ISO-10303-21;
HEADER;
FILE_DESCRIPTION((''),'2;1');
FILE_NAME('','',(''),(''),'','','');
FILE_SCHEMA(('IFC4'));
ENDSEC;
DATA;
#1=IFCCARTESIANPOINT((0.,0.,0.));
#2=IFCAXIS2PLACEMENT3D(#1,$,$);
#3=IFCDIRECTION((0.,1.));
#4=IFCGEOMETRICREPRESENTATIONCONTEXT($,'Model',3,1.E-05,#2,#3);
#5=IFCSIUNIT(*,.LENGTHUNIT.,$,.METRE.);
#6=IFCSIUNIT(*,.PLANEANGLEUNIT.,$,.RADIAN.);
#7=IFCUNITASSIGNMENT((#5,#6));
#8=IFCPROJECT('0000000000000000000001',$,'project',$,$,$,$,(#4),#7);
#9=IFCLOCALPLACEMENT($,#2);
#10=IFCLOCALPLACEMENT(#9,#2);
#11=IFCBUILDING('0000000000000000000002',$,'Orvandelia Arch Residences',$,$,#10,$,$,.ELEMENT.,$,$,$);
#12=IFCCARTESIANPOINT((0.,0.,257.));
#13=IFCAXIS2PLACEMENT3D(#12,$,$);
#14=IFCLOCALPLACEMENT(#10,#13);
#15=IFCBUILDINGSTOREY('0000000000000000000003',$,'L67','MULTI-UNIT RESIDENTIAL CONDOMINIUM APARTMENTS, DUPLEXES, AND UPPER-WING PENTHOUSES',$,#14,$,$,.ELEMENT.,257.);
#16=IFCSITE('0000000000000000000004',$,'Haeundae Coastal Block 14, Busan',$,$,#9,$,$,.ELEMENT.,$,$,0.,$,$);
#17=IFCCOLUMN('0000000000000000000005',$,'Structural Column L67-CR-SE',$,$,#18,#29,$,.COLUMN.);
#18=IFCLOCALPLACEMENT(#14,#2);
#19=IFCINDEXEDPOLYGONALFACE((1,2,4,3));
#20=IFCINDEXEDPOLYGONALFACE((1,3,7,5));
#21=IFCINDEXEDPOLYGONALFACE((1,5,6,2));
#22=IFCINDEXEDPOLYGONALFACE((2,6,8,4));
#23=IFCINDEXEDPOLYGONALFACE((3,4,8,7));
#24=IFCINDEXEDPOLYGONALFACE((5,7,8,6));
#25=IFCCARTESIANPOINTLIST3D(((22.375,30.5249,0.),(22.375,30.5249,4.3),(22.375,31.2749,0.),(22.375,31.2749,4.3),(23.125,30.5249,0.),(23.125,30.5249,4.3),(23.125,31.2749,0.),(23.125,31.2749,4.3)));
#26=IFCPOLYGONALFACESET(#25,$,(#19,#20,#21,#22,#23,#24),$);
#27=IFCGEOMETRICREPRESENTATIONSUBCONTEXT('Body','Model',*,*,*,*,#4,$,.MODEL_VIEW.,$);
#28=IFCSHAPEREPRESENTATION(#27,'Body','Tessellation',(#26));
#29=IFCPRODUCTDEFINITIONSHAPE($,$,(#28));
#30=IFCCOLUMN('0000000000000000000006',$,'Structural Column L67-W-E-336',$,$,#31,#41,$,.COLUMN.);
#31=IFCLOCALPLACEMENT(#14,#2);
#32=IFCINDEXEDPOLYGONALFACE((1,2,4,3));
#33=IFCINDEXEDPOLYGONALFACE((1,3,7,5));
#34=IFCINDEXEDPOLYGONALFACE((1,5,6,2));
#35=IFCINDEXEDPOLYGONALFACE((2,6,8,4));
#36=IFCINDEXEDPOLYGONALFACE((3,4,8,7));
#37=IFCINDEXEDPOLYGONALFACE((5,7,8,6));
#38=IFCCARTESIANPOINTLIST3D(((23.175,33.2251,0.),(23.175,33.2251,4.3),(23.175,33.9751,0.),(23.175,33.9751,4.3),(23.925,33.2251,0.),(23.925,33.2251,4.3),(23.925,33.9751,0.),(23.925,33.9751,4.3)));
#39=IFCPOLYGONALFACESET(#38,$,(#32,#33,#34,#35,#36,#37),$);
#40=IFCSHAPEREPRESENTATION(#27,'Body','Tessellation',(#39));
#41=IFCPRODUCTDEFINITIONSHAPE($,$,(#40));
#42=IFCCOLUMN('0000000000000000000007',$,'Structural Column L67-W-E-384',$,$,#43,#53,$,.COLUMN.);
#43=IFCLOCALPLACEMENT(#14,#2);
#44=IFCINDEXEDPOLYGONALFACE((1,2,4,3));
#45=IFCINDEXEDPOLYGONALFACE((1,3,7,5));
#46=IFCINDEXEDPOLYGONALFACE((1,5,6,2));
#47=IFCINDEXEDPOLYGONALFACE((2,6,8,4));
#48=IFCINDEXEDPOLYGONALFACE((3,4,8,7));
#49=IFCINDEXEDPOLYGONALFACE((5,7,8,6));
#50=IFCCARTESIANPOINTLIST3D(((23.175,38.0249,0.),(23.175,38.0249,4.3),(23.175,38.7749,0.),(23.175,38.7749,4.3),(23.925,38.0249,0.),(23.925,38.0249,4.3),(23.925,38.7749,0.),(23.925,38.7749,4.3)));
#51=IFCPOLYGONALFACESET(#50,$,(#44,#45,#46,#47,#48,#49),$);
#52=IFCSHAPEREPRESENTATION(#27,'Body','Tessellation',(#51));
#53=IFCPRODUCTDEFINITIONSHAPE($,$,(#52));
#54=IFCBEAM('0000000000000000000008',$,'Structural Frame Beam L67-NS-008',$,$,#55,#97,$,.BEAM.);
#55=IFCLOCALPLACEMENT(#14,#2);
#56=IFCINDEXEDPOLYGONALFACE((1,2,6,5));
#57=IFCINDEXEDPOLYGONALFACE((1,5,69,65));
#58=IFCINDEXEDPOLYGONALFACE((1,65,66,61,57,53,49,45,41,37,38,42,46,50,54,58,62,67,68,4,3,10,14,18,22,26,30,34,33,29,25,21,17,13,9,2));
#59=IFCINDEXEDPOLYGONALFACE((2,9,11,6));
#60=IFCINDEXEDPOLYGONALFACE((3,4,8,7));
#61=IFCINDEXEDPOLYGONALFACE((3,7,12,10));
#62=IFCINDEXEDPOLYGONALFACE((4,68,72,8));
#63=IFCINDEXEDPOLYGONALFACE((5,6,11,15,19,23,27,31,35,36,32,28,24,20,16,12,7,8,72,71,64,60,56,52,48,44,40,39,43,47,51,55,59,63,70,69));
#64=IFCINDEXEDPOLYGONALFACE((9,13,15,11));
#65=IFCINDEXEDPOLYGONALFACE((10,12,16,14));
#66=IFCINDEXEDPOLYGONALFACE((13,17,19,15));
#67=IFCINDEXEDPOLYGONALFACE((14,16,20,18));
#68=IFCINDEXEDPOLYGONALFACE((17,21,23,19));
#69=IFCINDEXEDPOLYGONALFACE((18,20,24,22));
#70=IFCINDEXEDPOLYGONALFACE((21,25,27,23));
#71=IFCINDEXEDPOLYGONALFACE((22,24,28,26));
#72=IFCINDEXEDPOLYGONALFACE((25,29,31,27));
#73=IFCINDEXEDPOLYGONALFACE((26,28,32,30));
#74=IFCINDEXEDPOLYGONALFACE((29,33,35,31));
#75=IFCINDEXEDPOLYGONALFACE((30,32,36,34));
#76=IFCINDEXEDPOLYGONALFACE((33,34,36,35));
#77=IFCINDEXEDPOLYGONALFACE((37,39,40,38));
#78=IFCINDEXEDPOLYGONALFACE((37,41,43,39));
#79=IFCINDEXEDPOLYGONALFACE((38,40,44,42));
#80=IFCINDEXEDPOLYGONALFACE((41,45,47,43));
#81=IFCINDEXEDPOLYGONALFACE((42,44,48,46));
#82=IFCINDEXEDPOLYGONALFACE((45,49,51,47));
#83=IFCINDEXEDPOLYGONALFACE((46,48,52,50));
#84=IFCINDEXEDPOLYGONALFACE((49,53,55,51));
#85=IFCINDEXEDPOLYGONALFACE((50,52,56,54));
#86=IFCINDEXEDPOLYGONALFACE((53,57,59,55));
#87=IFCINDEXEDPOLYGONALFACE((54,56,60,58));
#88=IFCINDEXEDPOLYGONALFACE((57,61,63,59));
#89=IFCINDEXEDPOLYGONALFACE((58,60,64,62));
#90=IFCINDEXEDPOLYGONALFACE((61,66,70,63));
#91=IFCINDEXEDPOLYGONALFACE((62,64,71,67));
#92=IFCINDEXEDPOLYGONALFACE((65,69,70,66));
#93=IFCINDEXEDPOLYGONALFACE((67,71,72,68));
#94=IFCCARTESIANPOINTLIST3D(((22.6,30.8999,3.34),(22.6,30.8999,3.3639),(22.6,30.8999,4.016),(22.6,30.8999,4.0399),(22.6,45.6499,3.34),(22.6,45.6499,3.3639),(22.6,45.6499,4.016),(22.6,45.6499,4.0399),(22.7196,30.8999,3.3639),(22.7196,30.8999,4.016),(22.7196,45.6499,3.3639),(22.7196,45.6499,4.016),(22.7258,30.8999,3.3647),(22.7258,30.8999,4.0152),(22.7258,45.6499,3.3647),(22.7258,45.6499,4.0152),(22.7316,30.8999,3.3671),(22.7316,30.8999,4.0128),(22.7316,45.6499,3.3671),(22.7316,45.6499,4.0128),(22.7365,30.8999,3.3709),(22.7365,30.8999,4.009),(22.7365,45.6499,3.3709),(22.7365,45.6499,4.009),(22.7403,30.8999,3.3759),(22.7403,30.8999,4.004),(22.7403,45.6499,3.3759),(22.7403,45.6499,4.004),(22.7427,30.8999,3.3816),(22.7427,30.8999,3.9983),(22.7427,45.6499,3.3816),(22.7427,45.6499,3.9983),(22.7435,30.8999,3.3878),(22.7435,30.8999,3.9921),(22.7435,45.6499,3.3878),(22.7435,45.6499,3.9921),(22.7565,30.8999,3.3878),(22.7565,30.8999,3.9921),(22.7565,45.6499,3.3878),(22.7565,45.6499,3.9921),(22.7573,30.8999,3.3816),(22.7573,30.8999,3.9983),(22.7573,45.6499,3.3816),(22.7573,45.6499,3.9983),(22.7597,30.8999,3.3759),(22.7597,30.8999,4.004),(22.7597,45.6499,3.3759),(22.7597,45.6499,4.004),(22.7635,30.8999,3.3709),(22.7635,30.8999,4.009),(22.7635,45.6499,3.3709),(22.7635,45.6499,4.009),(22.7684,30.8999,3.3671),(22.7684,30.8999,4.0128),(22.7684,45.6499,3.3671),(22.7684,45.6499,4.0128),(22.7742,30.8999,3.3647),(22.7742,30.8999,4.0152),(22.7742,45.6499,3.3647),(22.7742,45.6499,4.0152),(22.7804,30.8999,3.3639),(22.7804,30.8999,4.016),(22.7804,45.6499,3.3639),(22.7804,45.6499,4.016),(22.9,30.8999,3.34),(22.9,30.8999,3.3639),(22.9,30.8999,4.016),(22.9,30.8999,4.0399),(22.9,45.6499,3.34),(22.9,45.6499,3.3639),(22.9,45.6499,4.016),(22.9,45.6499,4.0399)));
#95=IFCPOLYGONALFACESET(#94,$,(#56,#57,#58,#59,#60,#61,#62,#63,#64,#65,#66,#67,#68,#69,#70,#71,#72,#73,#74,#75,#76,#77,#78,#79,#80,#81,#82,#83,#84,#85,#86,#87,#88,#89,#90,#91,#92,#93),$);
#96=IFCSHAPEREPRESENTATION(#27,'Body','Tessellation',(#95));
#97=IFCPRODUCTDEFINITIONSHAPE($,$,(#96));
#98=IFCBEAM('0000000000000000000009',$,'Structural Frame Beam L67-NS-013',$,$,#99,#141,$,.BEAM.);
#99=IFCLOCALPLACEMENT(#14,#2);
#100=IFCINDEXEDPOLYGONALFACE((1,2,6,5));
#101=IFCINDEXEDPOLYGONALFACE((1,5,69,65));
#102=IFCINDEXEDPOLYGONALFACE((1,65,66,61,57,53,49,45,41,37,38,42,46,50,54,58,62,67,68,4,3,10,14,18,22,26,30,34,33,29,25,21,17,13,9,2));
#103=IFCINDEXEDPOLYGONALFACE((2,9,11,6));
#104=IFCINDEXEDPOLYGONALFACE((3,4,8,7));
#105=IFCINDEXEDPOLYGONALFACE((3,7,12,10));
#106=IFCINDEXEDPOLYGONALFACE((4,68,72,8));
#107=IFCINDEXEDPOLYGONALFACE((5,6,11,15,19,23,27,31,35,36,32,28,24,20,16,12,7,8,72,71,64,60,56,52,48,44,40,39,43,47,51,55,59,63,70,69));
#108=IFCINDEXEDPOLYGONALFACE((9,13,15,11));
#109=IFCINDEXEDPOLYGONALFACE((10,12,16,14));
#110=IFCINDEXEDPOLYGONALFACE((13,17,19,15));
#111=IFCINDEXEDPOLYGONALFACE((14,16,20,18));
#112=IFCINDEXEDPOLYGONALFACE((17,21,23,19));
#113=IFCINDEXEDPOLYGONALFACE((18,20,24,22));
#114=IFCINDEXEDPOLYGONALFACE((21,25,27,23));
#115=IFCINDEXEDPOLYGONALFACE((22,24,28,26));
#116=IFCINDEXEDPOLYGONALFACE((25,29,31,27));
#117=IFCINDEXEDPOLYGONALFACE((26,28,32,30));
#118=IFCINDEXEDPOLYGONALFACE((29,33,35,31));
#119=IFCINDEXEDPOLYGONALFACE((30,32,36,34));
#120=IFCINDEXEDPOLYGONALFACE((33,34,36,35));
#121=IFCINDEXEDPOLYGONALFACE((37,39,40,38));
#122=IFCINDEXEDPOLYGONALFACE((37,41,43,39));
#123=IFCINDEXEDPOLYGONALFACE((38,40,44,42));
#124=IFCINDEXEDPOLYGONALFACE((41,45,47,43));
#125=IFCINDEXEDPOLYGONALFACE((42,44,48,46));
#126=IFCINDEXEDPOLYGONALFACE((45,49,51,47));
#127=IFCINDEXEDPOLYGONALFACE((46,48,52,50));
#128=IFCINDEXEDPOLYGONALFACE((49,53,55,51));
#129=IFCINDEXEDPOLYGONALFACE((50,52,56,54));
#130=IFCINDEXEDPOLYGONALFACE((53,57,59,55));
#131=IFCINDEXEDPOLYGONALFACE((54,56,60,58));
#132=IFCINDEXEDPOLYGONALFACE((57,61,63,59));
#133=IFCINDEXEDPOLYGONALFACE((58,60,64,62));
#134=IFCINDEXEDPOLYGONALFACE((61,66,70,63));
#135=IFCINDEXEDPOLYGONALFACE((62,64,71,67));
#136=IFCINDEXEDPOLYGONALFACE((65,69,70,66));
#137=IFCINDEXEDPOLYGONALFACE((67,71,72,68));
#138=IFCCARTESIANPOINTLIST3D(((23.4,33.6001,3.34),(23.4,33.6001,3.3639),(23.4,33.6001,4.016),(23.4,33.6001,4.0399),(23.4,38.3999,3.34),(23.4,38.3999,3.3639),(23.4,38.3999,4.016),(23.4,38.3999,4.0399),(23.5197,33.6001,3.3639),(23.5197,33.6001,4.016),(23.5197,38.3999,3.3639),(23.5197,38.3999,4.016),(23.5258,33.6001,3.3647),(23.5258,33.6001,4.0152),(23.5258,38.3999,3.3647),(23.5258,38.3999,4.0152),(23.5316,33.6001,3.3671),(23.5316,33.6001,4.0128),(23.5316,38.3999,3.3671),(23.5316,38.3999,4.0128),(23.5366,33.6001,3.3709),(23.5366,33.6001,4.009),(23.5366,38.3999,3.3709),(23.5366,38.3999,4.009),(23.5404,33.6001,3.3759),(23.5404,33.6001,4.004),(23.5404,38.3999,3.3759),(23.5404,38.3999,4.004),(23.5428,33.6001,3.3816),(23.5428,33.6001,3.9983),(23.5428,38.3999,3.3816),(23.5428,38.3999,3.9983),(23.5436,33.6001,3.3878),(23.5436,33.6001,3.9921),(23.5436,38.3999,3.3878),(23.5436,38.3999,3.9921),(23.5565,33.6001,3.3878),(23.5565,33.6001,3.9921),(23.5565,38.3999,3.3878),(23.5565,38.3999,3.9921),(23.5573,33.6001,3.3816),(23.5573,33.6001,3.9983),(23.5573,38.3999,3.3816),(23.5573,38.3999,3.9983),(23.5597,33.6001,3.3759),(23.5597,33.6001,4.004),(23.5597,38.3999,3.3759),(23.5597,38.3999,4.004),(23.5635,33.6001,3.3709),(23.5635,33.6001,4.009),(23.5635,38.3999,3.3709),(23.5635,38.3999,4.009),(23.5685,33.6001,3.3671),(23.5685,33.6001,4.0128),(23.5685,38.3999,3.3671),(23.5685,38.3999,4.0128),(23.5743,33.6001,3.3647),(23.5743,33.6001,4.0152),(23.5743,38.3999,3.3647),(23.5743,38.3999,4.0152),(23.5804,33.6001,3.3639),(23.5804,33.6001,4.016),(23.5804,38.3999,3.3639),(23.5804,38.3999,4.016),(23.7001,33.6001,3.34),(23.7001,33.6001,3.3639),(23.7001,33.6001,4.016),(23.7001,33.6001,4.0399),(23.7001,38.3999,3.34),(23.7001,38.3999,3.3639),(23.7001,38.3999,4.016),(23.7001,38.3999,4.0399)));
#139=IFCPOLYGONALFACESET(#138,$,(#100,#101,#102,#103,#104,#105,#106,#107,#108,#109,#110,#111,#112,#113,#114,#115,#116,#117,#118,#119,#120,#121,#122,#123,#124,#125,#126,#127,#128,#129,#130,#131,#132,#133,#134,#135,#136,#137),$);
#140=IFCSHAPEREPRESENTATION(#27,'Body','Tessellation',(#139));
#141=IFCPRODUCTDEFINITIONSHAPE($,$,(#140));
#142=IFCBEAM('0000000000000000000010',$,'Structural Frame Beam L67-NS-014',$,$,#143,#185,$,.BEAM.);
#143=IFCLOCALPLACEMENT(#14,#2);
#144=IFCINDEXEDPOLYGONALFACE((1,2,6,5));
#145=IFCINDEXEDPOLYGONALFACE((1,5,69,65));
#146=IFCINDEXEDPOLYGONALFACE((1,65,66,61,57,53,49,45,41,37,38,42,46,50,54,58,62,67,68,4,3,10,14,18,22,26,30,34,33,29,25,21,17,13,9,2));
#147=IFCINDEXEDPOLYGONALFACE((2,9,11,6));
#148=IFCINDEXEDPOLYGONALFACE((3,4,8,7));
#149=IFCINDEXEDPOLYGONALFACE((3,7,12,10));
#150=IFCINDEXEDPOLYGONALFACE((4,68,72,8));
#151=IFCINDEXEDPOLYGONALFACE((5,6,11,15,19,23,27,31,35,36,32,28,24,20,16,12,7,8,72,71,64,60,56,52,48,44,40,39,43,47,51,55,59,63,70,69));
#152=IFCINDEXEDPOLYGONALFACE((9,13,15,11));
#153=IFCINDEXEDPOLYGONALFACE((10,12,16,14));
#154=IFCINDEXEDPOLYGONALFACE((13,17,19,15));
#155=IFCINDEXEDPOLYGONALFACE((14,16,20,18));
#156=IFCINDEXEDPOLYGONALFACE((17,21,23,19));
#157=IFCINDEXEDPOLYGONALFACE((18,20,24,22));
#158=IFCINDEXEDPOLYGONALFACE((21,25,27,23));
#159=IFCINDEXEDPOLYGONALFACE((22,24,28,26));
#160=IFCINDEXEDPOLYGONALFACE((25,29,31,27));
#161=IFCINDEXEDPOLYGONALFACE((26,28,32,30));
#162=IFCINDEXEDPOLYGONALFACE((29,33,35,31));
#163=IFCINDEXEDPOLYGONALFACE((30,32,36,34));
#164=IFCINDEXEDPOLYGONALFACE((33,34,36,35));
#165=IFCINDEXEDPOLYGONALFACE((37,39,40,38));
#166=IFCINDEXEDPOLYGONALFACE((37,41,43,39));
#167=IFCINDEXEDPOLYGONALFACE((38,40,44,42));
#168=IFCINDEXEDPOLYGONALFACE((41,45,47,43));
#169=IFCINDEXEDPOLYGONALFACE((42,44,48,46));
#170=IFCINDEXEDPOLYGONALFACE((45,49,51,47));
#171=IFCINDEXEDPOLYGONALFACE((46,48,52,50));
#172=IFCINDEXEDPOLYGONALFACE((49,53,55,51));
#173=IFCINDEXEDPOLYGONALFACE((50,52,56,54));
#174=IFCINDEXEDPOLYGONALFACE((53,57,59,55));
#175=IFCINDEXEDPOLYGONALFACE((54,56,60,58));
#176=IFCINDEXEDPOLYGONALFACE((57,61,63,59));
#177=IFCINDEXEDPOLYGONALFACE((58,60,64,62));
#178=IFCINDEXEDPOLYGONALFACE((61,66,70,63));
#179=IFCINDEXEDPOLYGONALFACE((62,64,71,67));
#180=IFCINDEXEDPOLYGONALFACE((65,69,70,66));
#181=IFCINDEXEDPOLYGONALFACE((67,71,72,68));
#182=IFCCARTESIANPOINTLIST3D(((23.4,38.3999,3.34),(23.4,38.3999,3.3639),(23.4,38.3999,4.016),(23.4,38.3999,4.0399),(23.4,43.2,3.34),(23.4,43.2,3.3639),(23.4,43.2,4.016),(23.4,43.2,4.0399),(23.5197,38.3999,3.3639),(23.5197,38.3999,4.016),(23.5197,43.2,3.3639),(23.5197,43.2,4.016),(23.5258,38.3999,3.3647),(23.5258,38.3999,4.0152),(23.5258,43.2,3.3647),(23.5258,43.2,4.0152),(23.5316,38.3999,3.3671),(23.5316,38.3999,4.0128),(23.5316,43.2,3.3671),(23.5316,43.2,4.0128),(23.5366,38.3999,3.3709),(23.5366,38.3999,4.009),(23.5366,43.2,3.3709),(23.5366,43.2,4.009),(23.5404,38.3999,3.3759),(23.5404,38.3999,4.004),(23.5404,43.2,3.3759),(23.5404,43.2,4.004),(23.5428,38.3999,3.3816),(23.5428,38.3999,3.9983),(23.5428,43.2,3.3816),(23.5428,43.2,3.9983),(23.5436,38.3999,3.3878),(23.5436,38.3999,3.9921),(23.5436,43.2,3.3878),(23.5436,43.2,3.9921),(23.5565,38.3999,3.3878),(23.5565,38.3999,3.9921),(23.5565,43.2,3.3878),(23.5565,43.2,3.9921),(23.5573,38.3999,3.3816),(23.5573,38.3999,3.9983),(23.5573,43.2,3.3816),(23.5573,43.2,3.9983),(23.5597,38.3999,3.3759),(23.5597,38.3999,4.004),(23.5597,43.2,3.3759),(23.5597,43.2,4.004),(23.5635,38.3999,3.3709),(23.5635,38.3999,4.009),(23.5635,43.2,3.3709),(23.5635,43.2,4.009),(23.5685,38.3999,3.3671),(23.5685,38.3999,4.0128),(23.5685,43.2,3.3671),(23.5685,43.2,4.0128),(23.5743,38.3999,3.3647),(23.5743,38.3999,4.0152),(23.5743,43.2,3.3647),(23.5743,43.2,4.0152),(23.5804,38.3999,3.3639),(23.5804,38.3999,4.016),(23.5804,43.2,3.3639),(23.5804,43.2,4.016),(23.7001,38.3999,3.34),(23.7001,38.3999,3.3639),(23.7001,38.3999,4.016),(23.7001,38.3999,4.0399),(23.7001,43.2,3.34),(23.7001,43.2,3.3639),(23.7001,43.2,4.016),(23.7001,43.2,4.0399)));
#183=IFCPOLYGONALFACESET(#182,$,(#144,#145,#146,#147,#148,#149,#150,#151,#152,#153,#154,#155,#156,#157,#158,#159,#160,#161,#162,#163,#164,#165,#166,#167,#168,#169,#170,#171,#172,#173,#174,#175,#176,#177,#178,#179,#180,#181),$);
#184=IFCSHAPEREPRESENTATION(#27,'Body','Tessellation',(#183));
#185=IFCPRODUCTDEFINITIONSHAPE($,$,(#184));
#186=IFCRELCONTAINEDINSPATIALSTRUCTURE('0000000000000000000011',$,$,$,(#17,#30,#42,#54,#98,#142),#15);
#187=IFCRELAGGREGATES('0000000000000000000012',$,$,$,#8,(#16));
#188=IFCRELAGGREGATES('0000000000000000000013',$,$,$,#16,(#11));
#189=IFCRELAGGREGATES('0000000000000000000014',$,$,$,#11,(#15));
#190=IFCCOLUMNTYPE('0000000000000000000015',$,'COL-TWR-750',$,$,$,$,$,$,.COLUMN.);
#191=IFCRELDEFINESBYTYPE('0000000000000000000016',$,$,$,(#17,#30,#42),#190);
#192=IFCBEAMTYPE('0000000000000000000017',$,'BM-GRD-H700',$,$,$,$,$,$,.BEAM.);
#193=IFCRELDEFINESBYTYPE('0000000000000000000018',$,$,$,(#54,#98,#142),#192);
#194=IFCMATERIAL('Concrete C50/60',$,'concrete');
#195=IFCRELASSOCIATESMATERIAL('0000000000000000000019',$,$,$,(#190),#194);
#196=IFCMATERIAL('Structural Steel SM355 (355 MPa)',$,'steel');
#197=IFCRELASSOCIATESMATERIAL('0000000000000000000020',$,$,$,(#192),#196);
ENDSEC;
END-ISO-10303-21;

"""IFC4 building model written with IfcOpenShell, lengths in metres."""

from ifc_helpers import new_model, si_unit, direction, frame, origin, origin_2d, place, context, subcontext, project, spatial, rectangle, i_section, extrude, material, material_profile, profile_set, type_object, element, save


model = new_model("IFC4")

# Units and contexts
model_context = context("Model", 3, precision=1e-05, world=origin(), true_north=direction((0.0, 1.0)))
body_context = subcontext(model_context, "Body", "Model", "MODEL_VIEW")
ifc_project = project(units=[si_unit("LENGTHUNIT", "METRE"), si_unit("PLANEANGLEUNIT", "RADIAN")], contexts=[model_context])

# Site, building, storey
site_placement = place(None, origin())
site = spatial("IfcSite", under=ifc_project, at=site_placement, Name="Haeundae Coastal Block 14, Busan", CompositionType="ELEMENT", RefElevation=0.0)
building_placement = place(site_placement, origin())
building = spatial("IfcBuilding", under=site, at=building_placement, Name="Orvandelia Arch Residences", CompositionType="ELEMENT")
storey_placement = place(building_placement, frame((0.0, 0.0, 257.0)))
storey = spatial("IfcBuildingStorey", under=building, at=storey_placement, Name="L67", Description="MULTI-UNIT RESIDENTIAL CONDOMINIUM APARTMENTS, DUPLEXES, AND UPPER-WING PENTHOUSES", CompositionType="ELEMENT", Elevation=257.0)

# Columns
ifc_material_1 = material(Name="Concrete C50/60", Category="concrete")
ifc_material_profile_1 = material_profile(ifc_material_1, rectangle(XDim=0.75, YDim=0.75, at=origin_2d()), Name="Concrete C50/60", Category="concrete")
ifc_profile_set_1 = profile_set([ifc_material_profile_1], Name="Concrete C50/60")
column_type = type_object("IfcColumnType", Name="COL-TWR-750", PredefinedType="COLUMN", material=ifc_profile_set_1)
for number, where, z_axis, x_axis, name in (
    (1, (22.75, 30.8999, 0.0), (0.0, 0.0, 1.0), (1.0, 0.0, 0.0), "Structural Column L67-CR-SE"),
    (2, (23.55, 33.6001, 0.0), (0.0, 0.0, 1.0), (1.0, 0.0, 0.0), "Structural Column L67-W-E-336"),
    (3, (23.55, 38.3999, 0.0), (0.0, 0.0, 1.0), (1.0, 0.0, 0.0), "Structural Column L67-W-E-384"),
):
    element("IfcColumn", number, at=place(storey_placement, frame(where, z_axis=z_axis, x_axis=x_axis)), inside=storey, type_object=column_type, Name=name, PredefinedType="COLUMN", context=body_context, shape_type="SweptSolid", body=[
        extrude(rectangle(XDim=0.75, YDim=0.75, at=origin_2d()), origin(), (0.0, 0.0, 1.0), 4.3),
    ])

# Beams
ifc_material_2 = material(Name="Structural Steel SM355 (355 MPa)", Category="steel")
ifc_material_profile_2 = material_profile(ifc_material_2, i_section(OverallWidth=0.3, OverallDepth=0.7, WebThickness=0.0129, FlangeThickness=0.0239, FilletRadius=0.0239, at=origin_2d()), Name="Structural Steel SM355 (355 MPa)", Category="steel")
ifc_profile_set_2 = profile_set([ifc_material_profile_2], Name="Structural Steel SM355 (355 MPa)")
beam_type = type_object("IfcBeamType", Name="BM-GRD-H700", PredefinedType="BEAM", material=ifc_profile_set_2)
beam_1_placement = place(storey_placement, frame((22.75, 30.8999, 3.6899), z_axis=(0.0, 1.0, 0.0), x_axis=(-1.0, 0.0, 0.0)))
element("IfcBeam", 4, at=beam_1_placement, inside=storey, type_object=beam_type, Name="Structural Frame Beam L67-NS-008", PredefinedType="BEAM", context=body_context, shape_type="SweptSolid", body=[
    extrude(i_section(OverallWidth=0.3, OverallDepth=0.7, WebThickness=0.0129, FlangeThickness=0.0239, FilletRadius=0.0239, at=origin_2d()), origin(), (0.0, 0.0, 1.0), 14.75),
])
beam_2_placement = place(storey_placement, frame((23.55, 33.6001, 3.6899), z_axis=(0.0, 1.0, 0.0), x_axis=(-1.0, 0.0, 0.0)))
element("IfcBeam", 5, at=beam_2_placement, inside=storey, type_object=beam_type, Name="Structural Frame Beam L67-NS-013", PredefinedType="BEAM", context=body_context, shape_type="SweptSolid", body=[
    extrude(i_section(OverallWidth=0.3, OverallDepth=0.7, WebThickness=0.0129, FlangeThickness=0.0239, FilletRadius=0.0239, at=origin_2d()), origin(), (0.0, 0.0, 1.0), 4.7998),
])
beam_3_placement = place(storey_placement, frame((23.55, 38.3999, 3.6899), z_axis=(0.0, 1.0, 0.0), x_axis=(-1.0, 0.0, 0.0)))
element("IfcBeam", 6, at=beam_3_placement, inside=storey, type_object=beam_type, Name="Structural Frame Beam L67-NS-014", PredefinedType="BEAM", context=body_context, shape_type="SweptSolid", body=[
    extrude(i_section(OverallWidth=0.3, OverallDepth=0.7, WebThickness=0.0129, FlangeThickness=0.0239, FilletRadius=0.0239, at=origin_2d()), origin(), (0.0, 0.0, 1.0), 4.8),
])

save(model, "model.ifc")
